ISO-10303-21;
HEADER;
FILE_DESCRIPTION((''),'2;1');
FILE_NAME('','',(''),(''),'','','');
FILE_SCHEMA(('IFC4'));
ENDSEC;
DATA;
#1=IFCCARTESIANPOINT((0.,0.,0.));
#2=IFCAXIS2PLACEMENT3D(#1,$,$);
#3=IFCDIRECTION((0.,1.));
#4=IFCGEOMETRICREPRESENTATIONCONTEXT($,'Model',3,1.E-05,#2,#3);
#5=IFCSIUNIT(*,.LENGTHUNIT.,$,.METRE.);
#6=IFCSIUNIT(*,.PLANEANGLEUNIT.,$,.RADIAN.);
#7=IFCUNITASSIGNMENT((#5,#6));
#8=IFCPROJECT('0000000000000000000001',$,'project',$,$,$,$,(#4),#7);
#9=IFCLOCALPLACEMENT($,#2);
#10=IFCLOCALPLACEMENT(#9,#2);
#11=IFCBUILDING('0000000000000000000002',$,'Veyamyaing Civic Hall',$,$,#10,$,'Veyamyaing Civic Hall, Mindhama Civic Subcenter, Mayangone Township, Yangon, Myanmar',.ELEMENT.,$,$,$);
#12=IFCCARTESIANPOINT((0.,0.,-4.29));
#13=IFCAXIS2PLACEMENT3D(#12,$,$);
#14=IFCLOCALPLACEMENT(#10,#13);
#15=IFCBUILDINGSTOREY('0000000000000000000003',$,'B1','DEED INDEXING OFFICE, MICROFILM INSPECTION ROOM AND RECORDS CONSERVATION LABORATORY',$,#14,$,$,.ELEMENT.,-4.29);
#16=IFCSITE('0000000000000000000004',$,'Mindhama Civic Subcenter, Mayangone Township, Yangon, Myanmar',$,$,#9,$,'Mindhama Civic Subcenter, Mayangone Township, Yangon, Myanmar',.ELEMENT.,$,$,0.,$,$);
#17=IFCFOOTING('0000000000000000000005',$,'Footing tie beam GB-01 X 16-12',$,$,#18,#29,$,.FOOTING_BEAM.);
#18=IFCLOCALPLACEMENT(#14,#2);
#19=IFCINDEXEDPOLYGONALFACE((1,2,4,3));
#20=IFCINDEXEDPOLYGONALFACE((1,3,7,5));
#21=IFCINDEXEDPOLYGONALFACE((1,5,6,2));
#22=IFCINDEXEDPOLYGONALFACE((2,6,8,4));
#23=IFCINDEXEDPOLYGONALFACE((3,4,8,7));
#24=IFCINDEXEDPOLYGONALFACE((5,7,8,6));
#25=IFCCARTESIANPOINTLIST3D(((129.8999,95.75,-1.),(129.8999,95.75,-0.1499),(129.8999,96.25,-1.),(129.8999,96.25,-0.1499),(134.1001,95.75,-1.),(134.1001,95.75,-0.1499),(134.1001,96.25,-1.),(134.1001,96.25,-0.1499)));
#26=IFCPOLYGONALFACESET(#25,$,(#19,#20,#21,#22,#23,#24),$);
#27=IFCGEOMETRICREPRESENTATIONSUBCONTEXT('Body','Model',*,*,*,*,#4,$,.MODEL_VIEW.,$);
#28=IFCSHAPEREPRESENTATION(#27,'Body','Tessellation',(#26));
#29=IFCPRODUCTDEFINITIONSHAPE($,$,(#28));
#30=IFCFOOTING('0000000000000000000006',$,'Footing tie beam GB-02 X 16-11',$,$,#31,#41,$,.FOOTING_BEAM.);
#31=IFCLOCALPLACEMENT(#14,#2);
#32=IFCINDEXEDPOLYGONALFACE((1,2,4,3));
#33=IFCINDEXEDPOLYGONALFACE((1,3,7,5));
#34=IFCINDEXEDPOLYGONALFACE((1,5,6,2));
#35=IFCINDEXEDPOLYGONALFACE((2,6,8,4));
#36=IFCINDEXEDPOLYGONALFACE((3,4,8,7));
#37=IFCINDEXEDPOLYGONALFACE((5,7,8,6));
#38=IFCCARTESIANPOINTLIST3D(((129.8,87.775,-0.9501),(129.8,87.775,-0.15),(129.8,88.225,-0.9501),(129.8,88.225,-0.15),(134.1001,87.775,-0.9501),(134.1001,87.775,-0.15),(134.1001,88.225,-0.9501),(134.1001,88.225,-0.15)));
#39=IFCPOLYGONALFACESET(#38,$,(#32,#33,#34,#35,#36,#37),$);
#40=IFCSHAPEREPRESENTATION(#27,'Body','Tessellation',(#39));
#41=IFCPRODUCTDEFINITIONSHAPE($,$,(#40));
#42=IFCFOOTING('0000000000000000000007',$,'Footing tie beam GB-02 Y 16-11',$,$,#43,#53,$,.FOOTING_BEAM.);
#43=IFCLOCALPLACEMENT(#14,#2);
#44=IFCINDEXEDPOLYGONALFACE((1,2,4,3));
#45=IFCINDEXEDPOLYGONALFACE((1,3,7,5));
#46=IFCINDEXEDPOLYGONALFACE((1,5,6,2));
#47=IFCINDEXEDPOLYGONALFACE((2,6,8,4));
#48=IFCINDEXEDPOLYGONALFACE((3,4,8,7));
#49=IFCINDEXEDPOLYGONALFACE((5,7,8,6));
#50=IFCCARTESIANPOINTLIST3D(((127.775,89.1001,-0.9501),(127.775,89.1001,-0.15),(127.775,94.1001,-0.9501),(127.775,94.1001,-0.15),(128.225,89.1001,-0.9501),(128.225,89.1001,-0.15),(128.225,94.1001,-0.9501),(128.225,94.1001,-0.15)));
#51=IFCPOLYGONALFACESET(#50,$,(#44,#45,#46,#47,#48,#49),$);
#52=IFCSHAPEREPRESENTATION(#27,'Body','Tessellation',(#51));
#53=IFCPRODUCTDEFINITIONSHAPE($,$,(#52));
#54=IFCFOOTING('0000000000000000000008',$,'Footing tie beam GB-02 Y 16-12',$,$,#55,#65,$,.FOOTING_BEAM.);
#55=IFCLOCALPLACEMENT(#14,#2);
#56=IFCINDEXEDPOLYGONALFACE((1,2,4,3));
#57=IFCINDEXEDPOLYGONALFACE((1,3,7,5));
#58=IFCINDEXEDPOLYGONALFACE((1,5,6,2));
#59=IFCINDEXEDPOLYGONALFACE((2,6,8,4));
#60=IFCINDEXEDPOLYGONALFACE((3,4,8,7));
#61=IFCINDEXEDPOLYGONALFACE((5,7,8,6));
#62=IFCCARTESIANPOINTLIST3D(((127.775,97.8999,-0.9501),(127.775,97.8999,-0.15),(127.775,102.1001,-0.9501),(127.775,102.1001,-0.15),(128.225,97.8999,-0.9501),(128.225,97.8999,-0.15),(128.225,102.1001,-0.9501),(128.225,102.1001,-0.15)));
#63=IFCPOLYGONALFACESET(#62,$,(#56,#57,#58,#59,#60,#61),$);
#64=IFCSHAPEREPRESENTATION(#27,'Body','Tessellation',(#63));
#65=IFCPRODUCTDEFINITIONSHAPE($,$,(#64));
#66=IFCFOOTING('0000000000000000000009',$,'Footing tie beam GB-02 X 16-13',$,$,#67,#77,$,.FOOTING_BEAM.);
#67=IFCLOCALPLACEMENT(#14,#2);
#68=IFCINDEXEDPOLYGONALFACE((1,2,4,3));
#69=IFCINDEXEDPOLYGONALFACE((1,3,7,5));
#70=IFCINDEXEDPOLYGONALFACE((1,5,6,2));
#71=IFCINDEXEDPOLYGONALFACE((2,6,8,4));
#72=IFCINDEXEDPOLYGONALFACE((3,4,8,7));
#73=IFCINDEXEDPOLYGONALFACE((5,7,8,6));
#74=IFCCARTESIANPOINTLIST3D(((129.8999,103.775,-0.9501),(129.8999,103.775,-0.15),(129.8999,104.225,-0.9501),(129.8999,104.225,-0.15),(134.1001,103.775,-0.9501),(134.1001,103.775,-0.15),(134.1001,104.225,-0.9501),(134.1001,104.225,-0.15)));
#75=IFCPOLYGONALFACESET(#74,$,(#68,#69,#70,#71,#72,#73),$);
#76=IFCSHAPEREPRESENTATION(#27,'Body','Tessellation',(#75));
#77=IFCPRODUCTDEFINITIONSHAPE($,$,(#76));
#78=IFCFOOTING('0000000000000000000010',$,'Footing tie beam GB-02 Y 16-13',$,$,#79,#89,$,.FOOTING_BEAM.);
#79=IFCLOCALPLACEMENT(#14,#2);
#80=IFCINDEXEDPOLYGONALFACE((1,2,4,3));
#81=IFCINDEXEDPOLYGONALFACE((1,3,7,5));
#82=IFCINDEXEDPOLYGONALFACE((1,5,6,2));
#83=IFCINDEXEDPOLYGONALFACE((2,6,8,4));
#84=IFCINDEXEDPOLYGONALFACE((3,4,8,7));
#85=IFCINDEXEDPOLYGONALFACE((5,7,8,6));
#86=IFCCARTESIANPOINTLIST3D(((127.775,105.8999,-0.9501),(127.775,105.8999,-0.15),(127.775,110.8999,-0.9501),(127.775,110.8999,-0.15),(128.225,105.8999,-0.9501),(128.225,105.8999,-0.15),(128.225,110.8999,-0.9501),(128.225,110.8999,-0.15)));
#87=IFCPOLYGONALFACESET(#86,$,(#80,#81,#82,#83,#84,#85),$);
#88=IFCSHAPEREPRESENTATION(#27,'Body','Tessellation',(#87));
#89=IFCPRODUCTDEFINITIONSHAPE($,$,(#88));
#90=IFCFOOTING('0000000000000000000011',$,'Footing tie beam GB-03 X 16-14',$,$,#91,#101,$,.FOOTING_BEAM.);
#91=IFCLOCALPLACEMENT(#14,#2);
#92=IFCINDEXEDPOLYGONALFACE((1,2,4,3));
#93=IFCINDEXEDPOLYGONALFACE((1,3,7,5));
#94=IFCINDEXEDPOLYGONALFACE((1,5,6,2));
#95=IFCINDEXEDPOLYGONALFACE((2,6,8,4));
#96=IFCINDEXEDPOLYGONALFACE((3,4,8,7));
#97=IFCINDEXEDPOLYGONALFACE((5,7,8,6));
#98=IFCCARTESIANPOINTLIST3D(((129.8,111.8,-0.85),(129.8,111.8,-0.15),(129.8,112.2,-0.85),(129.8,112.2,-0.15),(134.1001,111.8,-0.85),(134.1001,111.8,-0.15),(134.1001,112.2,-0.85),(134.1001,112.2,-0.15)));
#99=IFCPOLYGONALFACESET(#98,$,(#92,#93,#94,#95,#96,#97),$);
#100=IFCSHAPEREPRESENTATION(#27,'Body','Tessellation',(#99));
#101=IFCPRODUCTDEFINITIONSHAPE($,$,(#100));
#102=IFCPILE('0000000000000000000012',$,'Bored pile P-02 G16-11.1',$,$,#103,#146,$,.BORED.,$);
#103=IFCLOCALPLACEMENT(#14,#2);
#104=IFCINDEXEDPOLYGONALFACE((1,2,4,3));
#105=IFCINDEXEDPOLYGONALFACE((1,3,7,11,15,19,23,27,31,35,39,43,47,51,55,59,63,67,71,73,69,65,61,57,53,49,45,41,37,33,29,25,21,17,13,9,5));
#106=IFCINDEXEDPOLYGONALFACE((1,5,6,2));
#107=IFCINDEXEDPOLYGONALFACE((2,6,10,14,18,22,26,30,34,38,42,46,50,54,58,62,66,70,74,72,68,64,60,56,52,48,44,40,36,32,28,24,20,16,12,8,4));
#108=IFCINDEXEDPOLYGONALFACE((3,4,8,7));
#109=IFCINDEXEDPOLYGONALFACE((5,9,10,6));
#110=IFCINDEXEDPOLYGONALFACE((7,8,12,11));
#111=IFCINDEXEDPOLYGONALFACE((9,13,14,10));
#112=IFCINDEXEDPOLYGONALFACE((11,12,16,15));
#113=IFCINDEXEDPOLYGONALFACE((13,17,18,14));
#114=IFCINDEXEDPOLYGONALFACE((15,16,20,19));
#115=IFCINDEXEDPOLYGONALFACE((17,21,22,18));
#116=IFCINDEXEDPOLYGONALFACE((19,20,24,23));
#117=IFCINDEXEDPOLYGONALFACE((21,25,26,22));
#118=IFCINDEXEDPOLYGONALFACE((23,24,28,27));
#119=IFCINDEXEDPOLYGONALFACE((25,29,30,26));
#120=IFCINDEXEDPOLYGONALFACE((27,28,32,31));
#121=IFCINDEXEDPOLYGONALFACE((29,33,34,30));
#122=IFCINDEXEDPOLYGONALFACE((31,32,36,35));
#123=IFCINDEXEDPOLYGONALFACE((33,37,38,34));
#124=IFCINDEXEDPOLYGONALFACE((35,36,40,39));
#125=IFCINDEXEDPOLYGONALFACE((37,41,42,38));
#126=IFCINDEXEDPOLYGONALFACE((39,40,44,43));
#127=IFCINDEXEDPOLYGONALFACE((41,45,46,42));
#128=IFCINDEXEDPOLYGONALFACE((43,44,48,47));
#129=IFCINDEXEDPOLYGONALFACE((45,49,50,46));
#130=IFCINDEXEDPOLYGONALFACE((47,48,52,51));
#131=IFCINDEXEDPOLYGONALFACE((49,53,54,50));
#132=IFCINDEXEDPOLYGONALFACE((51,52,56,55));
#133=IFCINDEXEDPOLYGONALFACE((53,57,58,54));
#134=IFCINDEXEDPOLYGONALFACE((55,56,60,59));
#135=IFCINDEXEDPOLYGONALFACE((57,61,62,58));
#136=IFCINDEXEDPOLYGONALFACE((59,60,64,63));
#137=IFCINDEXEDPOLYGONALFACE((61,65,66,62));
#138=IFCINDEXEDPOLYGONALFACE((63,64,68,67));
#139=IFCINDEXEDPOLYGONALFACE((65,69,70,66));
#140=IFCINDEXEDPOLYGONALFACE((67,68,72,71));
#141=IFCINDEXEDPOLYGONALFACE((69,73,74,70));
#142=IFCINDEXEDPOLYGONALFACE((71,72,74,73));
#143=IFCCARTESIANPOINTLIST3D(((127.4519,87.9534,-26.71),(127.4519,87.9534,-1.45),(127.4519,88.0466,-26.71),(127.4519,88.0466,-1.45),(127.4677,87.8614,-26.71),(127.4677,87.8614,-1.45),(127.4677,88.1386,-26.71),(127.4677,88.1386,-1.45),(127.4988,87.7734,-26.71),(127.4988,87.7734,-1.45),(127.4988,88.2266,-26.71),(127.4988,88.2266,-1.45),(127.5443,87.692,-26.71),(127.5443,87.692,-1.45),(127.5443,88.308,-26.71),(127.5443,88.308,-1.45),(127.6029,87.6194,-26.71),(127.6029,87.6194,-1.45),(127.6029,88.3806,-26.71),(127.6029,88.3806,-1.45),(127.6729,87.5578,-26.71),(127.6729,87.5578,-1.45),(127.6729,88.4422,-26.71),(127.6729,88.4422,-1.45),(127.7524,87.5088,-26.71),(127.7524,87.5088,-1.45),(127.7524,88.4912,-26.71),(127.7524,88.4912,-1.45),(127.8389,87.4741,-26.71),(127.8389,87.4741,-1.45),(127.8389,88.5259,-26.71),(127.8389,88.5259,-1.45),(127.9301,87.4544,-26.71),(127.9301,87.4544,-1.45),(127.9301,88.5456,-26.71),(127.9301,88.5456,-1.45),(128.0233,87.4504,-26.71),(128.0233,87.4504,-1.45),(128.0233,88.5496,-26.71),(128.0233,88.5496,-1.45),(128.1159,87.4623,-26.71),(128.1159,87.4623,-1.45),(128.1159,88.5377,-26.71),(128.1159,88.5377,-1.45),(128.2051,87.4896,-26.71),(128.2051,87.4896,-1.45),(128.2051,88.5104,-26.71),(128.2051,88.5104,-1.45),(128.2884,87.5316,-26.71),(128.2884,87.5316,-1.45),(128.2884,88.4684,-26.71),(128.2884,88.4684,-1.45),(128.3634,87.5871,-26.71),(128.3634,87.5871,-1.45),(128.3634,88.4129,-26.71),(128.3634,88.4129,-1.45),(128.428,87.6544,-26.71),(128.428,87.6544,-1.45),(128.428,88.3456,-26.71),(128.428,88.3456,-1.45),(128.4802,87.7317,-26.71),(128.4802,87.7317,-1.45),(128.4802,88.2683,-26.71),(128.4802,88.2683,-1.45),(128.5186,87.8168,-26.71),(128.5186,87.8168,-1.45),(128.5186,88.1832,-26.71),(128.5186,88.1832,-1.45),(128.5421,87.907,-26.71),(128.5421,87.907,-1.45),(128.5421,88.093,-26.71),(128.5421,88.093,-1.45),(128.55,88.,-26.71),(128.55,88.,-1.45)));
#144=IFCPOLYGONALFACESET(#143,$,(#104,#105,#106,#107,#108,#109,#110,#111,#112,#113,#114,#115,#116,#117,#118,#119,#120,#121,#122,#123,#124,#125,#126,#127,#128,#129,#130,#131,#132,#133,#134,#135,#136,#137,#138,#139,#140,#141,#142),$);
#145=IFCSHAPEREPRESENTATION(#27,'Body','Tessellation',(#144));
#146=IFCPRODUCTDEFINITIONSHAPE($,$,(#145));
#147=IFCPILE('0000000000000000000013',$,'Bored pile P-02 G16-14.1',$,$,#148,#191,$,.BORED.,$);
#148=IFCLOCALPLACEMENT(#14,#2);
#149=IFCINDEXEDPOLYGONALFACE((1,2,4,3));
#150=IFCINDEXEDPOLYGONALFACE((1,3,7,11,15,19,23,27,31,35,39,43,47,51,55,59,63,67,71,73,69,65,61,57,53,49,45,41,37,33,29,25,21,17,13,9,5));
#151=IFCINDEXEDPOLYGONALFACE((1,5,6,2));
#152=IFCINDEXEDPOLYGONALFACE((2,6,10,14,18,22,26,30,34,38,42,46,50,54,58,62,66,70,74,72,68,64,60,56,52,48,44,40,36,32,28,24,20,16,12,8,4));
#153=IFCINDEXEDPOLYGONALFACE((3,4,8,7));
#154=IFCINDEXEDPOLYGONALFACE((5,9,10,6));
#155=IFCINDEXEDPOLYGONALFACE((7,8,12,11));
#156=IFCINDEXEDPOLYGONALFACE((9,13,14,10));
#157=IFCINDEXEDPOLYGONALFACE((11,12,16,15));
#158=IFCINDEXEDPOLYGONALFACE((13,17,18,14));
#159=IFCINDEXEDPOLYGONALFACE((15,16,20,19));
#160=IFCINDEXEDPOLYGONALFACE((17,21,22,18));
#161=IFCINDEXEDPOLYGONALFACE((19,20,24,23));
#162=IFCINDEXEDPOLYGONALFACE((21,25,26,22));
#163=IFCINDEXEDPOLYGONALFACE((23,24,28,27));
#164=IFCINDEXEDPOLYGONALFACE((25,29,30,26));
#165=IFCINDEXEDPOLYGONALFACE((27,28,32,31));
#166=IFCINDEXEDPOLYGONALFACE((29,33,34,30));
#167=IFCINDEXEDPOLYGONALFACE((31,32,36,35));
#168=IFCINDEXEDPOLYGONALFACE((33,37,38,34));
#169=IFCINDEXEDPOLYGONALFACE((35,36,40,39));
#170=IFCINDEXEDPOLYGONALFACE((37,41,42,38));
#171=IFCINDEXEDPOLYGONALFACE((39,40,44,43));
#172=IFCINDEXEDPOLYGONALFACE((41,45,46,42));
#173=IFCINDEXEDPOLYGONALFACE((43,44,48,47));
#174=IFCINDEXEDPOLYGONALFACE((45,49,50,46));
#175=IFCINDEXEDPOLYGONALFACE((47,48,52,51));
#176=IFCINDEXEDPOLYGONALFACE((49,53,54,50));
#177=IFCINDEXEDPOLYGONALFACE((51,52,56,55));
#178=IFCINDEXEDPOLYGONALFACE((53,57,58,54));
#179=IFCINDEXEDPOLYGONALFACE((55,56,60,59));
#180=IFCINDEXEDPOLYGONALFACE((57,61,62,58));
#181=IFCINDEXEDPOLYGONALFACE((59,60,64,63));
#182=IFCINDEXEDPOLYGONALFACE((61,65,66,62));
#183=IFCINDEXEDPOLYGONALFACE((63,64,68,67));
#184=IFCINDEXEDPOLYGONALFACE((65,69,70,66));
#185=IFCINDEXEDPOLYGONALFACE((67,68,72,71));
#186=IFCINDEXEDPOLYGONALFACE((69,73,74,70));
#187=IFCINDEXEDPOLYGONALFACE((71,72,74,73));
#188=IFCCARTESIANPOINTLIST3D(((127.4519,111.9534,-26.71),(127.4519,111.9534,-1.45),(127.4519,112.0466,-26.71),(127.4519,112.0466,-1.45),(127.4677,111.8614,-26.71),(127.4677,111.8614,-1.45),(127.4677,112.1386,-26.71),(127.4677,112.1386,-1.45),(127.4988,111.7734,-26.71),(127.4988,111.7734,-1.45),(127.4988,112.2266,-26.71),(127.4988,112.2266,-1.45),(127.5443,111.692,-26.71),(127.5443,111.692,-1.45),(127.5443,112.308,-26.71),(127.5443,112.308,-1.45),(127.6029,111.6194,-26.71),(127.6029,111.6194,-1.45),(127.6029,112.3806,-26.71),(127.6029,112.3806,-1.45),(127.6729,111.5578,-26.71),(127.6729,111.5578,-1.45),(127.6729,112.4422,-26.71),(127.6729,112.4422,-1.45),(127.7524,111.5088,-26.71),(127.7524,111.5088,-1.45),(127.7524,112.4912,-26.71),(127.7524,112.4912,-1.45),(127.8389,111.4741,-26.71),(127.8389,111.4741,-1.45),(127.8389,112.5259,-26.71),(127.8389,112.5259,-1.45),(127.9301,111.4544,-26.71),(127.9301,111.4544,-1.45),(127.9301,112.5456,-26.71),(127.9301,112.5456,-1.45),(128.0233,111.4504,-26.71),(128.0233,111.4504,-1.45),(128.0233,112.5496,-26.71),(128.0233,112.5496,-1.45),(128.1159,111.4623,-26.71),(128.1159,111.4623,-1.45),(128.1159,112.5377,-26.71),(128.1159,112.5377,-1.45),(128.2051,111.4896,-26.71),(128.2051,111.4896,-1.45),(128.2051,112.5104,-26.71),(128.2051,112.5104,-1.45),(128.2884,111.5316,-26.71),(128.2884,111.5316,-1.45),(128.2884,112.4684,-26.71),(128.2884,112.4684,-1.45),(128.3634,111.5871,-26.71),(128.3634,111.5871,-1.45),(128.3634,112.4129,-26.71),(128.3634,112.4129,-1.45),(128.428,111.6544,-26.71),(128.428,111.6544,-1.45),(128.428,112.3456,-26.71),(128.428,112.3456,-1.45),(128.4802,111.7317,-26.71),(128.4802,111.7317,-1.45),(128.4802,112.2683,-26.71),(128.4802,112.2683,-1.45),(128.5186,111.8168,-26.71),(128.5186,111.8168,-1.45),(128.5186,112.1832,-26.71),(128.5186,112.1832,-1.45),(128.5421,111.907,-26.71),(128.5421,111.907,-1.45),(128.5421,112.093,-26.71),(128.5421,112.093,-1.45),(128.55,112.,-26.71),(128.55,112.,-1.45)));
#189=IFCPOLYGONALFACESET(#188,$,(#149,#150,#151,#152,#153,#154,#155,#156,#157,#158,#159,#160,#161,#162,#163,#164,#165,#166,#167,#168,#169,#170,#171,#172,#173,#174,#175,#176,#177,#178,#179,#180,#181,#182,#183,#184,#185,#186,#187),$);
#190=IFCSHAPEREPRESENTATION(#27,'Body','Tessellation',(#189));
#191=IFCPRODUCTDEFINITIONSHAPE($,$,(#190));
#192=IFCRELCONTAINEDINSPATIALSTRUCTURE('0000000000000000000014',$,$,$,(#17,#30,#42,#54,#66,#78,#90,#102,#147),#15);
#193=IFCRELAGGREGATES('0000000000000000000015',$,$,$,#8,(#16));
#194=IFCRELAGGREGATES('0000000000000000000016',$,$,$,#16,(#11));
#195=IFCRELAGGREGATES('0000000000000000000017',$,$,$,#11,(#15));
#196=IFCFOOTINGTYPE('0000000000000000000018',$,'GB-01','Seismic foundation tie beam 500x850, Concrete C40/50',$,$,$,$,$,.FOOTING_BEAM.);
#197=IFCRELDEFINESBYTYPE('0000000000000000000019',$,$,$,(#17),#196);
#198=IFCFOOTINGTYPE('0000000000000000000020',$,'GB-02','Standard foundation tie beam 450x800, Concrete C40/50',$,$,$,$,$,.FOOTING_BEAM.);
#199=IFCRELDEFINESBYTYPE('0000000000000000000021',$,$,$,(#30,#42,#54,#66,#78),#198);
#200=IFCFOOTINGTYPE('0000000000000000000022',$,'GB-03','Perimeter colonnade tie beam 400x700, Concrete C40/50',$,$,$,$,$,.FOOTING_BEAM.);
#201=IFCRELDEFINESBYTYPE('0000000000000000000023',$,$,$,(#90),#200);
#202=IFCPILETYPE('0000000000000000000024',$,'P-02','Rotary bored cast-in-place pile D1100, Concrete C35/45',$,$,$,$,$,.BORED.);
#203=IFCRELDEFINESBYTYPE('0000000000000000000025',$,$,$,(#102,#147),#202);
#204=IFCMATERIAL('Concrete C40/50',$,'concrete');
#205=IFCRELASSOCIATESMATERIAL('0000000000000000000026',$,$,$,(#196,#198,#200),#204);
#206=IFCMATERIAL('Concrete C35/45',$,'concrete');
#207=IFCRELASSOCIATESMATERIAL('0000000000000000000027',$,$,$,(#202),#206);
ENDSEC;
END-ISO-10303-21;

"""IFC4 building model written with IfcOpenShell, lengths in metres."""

from ifc_helpers import new_model, si_unit, direction, frame, origin, origin_2d, place, context, subcontext, project, spatial, rectangle, circle, extrude, material, material_profile, profile_set, type_object, element, save


model = new_model("IFC4")

# Units and contexts
model_context = context("Model", 3, precision=1e-05, world=origin(), true_north=direction((0.0, 1.0)))
body_context = subcontext(model_context, "Body", "Model", "MODEL_VIEW")
ifc_project = project(units=[si_unit("LENGTHUNIT", "METRE"), si_unit("PLANEANGLEUNIT", "RADIAN")], contexts=[model_context])

# Site, building, storey
site_placement = place(None, origin())
site = spatial("IfcSite", under=ifc_project, at=site_placement, Name="Mindhama Civic Subcenter, Mayangone Township, Yangon, Myanmar", LongName="Mindhama Civic Subcenter, Mayangone Township, Yangon, Myanmar", CompositionType="ELEMENT", RefElevation=0.0)
building_placement = place(site_placement, origin())
building = spatial("IfcBuilding", under=site, at=building_placement, Name="Veyamyaing Civic Hall", LongName="Veyamyaing Civic Hall, Mindhama Civic Subcenter, Mayangone Township, Yangon, Myanmar", CompositionType="ELEMENT")
storey_placement = place(building_placement, frame((0.0, 0.0, -4.29)))
storey = spatial("IfcBuildingStorey", under=building, at=storey_placement, Name="B1", Description="DEED INDEXING OFFICE, MICROFILM INSPECTION ROOM AND RECORDS CONSERVATION LABORATORY", CompositionType="ELEMENT", Elevation=-4.29)

# Footings
ifc_material_1 = material(Name="Concrete C40/50", Category="concrete")
ifc_material_profile_1 = material_profile(ifc_material_1, rectangle(XDim=0.5, YDim=0.8501, at=origin_2d()), Name="GB-500X850")
ifc_profile_set_1 = profile_set([ifc_material_profile_1], Name="Concrete C40/50")
footing_type_1 = type_object("IfcFootingType", Name="GB-01", Description="Seismic foundation tie beam 500x850, Concrete C40/50", PredefinedType="FOOTING_BEAM", material=ifc_profile_set_1)
footing_1_placement = place(storey_placement, frame((129.8999, 96.0, -0.575), z_axis=(1.0, 0.0, 0.0), x_axis=(0.0, 1.0, 0.0)))
element("IfcFooting", 1, at=footing_1_placement, inside=storey, type_object=footing_type_1, Name="Footing tie beam GB-01 X 16-12", PredefinedType="FOOTING_BEAM", context=body_context, shape_type="SweptSolid", body=[
    extrude(rectangle(XDim=0.5, YDim=0.8501, at=origin_2d()), origin(), (0.0, 0.0, 1.0), 4.2002),
])
ifc_material_profile_2 = material_profile(ifc_material_1, rectangle(XDim=0.45, YDim=0.8, at=origin_2d()), Name="GB-450X800")
ifc_profile_set_2 = profile_set([ifc_material_profile_2], Name="Concrete C40/50")
footing_type_2 = type_object("IfcFootingType", Name="GB-02", Description="Standard foundation tie beam 450x800, Concrete C40/50", PredefinedType="FOOTING_BEAM", material=ifc_profile_set_2)
footing_2_placement = place(storey_placement, frame((129.8, 88.0, -0.55), z_axis=(1.0, 0.0, 0.0), x_axis=(0.0, 1.0, 0.0)))
element("IfcFooting", 2, at=footing_2_placement, inside=storey, type_object=footing_type_2, Name="Footing tie beam GB-02 X 16-11", PredefinedType="FOOTING_BEAM", context=body_context, shape_type="SweptSolid", body=[
    extrude(rectangle(XDim=0.45, YDim=0.8, at=origin_2d()), origin(), (0.0, 0.0, 1.0), 4.3),
])
footing_3_placement = place(storey_placement, frame((128.0, 89.1001, -0.55), z_axis=(0.0, 1.0, 0.0), x_axis=(-1.0, 0.0, 0.0)))
element("IfcFooting", 3, at=footing_3_placement, inside=storey, type_object=footing_type_2, Name="Footing tie beam GB-02 Y 16-11", PredefinedType="FOOTING_BEAM", context=body_context, shape_type="SweptSolid", body=[
    extrude(rectangle(XDim=0.45, YDim=0.8, at=origin_2d()), origin(), (0.0, 0.0, 1.0), 5.0),
])
for number, where, z_axis, x_axis, name in (
    (4, (128.0, 97.8999, -0.55), (0.0, 1.0, 0.0), (-1.0, 0.0, 0.0), "Footing tie beam GB-02 Y 16-12"),
    (5, (129.8999, 104.0, -0.55), (1.0, 0.0, 0.0), (0.0, 1.0, 0.0), "Footing tie beam GB-02 X 16-13"),
):
    element("IfcFooting", number, at=place(storey_placement, frame(where, z_axis=z_axis, x_axis=x_axis)), inside=storey, type_object=footing_type_2, Name=name, PredefinedType="FOOTING_BEAM", context=body_context, shape_type="SweptSolid", body=[
        extrude(rectangle(XDim=0.45, YDim=0.8, at=origin_2d()), origin(), (0.0, 0.0, 1.0), 4.2002),
    ])
footing_4_placement = place(storey_placement, frame((128.0, 105.8999, -0.55), z_axis=(0.0, 1.0, 0.0), x_axis=(-1.0, 0.0, 0.0)))
element("IfcFooting", 6, at=footing_4_placement, inside=storey, type_object=footing_type_2, Name="Footing tie beam GB-02 Y 16-13", PredefinedType="FOOTING_BEAM", context=body_context, shape_type="SweptSolid", body=[
    extrude(rectangle(XDim=0.45, YDim=0.8, at=origin_2d()), origin(), (0.0, 0.0, 1.0), 5.0),
])
ifc_material_profile_3 = material_profile(ifc_material_1, rectangle(XDim=0.3999, YDim=0.7, at=origin_2d()), Name="GB-400X700")
ifc_profile_set_3 = profile_set([ifc_material_profile_3], Name="Concrete C40/50")
footing_type_3 = type_object("IfcFootingType", Name="GB-03", Description="Perimeter colonnade tie beam 400x700, Concrete C40/50", PredefinedType="FOOTING_BEAM", material=ifc_profile_set_3)
footing_5_placement = place(storey_placement, frame((129.8, 112.0, -0.5), z_axis=(1.0, 0.0, 0.0), x_axis=(0.0, 1.0, 0.0)))
element("IfcFooting", 7, at=footing_5_placement, inside=storey, type_object=footing_type_3, Name="Footing tie beam GB-03 X 16-14", PredefinedType="FOOTING_BEAM", context=body_context, shape_type="SweptSolid", body=[
    extrude(rectangle(XDim=0.3999, YDim=0.7, at=origin_2d()), origin(), (0.0, 0.0, 1.0), 4.3),
])

# Piles
ifc_material_2 = material(Name="Concrete C35/45", Category="concrete")
ifc_material_profile_4 = material_profile(ifc_material_2, circle(Radius=0.55, at=origin_2d()), Name="PILE-D1100")
ifc_profile_set_4 = profile_set([ifc_material_profile_4], Name="Concrete C35/45")
pile_type_1 = type_object("IfcPileType", Name="P-02", Description="Rotary bored cast-in-place pile D1100, Concrete C35/45", PredefinedType="BORED", material=ifc_profile_set_4)
for number, where, z_axis, x_axis, name in (
    (8, (128.0, 88.0, -1.45), (0.0, 0.0, -1.0), (1.0, 0.0, 0.0), "Bored pile P-02 G16-11.1"),
    (9, (128.0, 112.0, -1.45), (0.0, 0.0, -1.0), (1.0, 0.0, 0.0), "Bored pile P-02 G16-14.1"),
):
    element("IfcPile", number, at=place(storey_placement, frame(where, z_axis=z_axis, x_axis=x_axis)), inside=storey, type_object=pile_type_1, Name=name, PredefinedType="BORED", context=body_context, shape_type="SweptSolid", body=[
        extrude(circle(Radius=0.55, at=origin_2d()), origin(), (0.0, 0.0, 1.0), 25.26),
    ])

save(model, "model.ifc")
